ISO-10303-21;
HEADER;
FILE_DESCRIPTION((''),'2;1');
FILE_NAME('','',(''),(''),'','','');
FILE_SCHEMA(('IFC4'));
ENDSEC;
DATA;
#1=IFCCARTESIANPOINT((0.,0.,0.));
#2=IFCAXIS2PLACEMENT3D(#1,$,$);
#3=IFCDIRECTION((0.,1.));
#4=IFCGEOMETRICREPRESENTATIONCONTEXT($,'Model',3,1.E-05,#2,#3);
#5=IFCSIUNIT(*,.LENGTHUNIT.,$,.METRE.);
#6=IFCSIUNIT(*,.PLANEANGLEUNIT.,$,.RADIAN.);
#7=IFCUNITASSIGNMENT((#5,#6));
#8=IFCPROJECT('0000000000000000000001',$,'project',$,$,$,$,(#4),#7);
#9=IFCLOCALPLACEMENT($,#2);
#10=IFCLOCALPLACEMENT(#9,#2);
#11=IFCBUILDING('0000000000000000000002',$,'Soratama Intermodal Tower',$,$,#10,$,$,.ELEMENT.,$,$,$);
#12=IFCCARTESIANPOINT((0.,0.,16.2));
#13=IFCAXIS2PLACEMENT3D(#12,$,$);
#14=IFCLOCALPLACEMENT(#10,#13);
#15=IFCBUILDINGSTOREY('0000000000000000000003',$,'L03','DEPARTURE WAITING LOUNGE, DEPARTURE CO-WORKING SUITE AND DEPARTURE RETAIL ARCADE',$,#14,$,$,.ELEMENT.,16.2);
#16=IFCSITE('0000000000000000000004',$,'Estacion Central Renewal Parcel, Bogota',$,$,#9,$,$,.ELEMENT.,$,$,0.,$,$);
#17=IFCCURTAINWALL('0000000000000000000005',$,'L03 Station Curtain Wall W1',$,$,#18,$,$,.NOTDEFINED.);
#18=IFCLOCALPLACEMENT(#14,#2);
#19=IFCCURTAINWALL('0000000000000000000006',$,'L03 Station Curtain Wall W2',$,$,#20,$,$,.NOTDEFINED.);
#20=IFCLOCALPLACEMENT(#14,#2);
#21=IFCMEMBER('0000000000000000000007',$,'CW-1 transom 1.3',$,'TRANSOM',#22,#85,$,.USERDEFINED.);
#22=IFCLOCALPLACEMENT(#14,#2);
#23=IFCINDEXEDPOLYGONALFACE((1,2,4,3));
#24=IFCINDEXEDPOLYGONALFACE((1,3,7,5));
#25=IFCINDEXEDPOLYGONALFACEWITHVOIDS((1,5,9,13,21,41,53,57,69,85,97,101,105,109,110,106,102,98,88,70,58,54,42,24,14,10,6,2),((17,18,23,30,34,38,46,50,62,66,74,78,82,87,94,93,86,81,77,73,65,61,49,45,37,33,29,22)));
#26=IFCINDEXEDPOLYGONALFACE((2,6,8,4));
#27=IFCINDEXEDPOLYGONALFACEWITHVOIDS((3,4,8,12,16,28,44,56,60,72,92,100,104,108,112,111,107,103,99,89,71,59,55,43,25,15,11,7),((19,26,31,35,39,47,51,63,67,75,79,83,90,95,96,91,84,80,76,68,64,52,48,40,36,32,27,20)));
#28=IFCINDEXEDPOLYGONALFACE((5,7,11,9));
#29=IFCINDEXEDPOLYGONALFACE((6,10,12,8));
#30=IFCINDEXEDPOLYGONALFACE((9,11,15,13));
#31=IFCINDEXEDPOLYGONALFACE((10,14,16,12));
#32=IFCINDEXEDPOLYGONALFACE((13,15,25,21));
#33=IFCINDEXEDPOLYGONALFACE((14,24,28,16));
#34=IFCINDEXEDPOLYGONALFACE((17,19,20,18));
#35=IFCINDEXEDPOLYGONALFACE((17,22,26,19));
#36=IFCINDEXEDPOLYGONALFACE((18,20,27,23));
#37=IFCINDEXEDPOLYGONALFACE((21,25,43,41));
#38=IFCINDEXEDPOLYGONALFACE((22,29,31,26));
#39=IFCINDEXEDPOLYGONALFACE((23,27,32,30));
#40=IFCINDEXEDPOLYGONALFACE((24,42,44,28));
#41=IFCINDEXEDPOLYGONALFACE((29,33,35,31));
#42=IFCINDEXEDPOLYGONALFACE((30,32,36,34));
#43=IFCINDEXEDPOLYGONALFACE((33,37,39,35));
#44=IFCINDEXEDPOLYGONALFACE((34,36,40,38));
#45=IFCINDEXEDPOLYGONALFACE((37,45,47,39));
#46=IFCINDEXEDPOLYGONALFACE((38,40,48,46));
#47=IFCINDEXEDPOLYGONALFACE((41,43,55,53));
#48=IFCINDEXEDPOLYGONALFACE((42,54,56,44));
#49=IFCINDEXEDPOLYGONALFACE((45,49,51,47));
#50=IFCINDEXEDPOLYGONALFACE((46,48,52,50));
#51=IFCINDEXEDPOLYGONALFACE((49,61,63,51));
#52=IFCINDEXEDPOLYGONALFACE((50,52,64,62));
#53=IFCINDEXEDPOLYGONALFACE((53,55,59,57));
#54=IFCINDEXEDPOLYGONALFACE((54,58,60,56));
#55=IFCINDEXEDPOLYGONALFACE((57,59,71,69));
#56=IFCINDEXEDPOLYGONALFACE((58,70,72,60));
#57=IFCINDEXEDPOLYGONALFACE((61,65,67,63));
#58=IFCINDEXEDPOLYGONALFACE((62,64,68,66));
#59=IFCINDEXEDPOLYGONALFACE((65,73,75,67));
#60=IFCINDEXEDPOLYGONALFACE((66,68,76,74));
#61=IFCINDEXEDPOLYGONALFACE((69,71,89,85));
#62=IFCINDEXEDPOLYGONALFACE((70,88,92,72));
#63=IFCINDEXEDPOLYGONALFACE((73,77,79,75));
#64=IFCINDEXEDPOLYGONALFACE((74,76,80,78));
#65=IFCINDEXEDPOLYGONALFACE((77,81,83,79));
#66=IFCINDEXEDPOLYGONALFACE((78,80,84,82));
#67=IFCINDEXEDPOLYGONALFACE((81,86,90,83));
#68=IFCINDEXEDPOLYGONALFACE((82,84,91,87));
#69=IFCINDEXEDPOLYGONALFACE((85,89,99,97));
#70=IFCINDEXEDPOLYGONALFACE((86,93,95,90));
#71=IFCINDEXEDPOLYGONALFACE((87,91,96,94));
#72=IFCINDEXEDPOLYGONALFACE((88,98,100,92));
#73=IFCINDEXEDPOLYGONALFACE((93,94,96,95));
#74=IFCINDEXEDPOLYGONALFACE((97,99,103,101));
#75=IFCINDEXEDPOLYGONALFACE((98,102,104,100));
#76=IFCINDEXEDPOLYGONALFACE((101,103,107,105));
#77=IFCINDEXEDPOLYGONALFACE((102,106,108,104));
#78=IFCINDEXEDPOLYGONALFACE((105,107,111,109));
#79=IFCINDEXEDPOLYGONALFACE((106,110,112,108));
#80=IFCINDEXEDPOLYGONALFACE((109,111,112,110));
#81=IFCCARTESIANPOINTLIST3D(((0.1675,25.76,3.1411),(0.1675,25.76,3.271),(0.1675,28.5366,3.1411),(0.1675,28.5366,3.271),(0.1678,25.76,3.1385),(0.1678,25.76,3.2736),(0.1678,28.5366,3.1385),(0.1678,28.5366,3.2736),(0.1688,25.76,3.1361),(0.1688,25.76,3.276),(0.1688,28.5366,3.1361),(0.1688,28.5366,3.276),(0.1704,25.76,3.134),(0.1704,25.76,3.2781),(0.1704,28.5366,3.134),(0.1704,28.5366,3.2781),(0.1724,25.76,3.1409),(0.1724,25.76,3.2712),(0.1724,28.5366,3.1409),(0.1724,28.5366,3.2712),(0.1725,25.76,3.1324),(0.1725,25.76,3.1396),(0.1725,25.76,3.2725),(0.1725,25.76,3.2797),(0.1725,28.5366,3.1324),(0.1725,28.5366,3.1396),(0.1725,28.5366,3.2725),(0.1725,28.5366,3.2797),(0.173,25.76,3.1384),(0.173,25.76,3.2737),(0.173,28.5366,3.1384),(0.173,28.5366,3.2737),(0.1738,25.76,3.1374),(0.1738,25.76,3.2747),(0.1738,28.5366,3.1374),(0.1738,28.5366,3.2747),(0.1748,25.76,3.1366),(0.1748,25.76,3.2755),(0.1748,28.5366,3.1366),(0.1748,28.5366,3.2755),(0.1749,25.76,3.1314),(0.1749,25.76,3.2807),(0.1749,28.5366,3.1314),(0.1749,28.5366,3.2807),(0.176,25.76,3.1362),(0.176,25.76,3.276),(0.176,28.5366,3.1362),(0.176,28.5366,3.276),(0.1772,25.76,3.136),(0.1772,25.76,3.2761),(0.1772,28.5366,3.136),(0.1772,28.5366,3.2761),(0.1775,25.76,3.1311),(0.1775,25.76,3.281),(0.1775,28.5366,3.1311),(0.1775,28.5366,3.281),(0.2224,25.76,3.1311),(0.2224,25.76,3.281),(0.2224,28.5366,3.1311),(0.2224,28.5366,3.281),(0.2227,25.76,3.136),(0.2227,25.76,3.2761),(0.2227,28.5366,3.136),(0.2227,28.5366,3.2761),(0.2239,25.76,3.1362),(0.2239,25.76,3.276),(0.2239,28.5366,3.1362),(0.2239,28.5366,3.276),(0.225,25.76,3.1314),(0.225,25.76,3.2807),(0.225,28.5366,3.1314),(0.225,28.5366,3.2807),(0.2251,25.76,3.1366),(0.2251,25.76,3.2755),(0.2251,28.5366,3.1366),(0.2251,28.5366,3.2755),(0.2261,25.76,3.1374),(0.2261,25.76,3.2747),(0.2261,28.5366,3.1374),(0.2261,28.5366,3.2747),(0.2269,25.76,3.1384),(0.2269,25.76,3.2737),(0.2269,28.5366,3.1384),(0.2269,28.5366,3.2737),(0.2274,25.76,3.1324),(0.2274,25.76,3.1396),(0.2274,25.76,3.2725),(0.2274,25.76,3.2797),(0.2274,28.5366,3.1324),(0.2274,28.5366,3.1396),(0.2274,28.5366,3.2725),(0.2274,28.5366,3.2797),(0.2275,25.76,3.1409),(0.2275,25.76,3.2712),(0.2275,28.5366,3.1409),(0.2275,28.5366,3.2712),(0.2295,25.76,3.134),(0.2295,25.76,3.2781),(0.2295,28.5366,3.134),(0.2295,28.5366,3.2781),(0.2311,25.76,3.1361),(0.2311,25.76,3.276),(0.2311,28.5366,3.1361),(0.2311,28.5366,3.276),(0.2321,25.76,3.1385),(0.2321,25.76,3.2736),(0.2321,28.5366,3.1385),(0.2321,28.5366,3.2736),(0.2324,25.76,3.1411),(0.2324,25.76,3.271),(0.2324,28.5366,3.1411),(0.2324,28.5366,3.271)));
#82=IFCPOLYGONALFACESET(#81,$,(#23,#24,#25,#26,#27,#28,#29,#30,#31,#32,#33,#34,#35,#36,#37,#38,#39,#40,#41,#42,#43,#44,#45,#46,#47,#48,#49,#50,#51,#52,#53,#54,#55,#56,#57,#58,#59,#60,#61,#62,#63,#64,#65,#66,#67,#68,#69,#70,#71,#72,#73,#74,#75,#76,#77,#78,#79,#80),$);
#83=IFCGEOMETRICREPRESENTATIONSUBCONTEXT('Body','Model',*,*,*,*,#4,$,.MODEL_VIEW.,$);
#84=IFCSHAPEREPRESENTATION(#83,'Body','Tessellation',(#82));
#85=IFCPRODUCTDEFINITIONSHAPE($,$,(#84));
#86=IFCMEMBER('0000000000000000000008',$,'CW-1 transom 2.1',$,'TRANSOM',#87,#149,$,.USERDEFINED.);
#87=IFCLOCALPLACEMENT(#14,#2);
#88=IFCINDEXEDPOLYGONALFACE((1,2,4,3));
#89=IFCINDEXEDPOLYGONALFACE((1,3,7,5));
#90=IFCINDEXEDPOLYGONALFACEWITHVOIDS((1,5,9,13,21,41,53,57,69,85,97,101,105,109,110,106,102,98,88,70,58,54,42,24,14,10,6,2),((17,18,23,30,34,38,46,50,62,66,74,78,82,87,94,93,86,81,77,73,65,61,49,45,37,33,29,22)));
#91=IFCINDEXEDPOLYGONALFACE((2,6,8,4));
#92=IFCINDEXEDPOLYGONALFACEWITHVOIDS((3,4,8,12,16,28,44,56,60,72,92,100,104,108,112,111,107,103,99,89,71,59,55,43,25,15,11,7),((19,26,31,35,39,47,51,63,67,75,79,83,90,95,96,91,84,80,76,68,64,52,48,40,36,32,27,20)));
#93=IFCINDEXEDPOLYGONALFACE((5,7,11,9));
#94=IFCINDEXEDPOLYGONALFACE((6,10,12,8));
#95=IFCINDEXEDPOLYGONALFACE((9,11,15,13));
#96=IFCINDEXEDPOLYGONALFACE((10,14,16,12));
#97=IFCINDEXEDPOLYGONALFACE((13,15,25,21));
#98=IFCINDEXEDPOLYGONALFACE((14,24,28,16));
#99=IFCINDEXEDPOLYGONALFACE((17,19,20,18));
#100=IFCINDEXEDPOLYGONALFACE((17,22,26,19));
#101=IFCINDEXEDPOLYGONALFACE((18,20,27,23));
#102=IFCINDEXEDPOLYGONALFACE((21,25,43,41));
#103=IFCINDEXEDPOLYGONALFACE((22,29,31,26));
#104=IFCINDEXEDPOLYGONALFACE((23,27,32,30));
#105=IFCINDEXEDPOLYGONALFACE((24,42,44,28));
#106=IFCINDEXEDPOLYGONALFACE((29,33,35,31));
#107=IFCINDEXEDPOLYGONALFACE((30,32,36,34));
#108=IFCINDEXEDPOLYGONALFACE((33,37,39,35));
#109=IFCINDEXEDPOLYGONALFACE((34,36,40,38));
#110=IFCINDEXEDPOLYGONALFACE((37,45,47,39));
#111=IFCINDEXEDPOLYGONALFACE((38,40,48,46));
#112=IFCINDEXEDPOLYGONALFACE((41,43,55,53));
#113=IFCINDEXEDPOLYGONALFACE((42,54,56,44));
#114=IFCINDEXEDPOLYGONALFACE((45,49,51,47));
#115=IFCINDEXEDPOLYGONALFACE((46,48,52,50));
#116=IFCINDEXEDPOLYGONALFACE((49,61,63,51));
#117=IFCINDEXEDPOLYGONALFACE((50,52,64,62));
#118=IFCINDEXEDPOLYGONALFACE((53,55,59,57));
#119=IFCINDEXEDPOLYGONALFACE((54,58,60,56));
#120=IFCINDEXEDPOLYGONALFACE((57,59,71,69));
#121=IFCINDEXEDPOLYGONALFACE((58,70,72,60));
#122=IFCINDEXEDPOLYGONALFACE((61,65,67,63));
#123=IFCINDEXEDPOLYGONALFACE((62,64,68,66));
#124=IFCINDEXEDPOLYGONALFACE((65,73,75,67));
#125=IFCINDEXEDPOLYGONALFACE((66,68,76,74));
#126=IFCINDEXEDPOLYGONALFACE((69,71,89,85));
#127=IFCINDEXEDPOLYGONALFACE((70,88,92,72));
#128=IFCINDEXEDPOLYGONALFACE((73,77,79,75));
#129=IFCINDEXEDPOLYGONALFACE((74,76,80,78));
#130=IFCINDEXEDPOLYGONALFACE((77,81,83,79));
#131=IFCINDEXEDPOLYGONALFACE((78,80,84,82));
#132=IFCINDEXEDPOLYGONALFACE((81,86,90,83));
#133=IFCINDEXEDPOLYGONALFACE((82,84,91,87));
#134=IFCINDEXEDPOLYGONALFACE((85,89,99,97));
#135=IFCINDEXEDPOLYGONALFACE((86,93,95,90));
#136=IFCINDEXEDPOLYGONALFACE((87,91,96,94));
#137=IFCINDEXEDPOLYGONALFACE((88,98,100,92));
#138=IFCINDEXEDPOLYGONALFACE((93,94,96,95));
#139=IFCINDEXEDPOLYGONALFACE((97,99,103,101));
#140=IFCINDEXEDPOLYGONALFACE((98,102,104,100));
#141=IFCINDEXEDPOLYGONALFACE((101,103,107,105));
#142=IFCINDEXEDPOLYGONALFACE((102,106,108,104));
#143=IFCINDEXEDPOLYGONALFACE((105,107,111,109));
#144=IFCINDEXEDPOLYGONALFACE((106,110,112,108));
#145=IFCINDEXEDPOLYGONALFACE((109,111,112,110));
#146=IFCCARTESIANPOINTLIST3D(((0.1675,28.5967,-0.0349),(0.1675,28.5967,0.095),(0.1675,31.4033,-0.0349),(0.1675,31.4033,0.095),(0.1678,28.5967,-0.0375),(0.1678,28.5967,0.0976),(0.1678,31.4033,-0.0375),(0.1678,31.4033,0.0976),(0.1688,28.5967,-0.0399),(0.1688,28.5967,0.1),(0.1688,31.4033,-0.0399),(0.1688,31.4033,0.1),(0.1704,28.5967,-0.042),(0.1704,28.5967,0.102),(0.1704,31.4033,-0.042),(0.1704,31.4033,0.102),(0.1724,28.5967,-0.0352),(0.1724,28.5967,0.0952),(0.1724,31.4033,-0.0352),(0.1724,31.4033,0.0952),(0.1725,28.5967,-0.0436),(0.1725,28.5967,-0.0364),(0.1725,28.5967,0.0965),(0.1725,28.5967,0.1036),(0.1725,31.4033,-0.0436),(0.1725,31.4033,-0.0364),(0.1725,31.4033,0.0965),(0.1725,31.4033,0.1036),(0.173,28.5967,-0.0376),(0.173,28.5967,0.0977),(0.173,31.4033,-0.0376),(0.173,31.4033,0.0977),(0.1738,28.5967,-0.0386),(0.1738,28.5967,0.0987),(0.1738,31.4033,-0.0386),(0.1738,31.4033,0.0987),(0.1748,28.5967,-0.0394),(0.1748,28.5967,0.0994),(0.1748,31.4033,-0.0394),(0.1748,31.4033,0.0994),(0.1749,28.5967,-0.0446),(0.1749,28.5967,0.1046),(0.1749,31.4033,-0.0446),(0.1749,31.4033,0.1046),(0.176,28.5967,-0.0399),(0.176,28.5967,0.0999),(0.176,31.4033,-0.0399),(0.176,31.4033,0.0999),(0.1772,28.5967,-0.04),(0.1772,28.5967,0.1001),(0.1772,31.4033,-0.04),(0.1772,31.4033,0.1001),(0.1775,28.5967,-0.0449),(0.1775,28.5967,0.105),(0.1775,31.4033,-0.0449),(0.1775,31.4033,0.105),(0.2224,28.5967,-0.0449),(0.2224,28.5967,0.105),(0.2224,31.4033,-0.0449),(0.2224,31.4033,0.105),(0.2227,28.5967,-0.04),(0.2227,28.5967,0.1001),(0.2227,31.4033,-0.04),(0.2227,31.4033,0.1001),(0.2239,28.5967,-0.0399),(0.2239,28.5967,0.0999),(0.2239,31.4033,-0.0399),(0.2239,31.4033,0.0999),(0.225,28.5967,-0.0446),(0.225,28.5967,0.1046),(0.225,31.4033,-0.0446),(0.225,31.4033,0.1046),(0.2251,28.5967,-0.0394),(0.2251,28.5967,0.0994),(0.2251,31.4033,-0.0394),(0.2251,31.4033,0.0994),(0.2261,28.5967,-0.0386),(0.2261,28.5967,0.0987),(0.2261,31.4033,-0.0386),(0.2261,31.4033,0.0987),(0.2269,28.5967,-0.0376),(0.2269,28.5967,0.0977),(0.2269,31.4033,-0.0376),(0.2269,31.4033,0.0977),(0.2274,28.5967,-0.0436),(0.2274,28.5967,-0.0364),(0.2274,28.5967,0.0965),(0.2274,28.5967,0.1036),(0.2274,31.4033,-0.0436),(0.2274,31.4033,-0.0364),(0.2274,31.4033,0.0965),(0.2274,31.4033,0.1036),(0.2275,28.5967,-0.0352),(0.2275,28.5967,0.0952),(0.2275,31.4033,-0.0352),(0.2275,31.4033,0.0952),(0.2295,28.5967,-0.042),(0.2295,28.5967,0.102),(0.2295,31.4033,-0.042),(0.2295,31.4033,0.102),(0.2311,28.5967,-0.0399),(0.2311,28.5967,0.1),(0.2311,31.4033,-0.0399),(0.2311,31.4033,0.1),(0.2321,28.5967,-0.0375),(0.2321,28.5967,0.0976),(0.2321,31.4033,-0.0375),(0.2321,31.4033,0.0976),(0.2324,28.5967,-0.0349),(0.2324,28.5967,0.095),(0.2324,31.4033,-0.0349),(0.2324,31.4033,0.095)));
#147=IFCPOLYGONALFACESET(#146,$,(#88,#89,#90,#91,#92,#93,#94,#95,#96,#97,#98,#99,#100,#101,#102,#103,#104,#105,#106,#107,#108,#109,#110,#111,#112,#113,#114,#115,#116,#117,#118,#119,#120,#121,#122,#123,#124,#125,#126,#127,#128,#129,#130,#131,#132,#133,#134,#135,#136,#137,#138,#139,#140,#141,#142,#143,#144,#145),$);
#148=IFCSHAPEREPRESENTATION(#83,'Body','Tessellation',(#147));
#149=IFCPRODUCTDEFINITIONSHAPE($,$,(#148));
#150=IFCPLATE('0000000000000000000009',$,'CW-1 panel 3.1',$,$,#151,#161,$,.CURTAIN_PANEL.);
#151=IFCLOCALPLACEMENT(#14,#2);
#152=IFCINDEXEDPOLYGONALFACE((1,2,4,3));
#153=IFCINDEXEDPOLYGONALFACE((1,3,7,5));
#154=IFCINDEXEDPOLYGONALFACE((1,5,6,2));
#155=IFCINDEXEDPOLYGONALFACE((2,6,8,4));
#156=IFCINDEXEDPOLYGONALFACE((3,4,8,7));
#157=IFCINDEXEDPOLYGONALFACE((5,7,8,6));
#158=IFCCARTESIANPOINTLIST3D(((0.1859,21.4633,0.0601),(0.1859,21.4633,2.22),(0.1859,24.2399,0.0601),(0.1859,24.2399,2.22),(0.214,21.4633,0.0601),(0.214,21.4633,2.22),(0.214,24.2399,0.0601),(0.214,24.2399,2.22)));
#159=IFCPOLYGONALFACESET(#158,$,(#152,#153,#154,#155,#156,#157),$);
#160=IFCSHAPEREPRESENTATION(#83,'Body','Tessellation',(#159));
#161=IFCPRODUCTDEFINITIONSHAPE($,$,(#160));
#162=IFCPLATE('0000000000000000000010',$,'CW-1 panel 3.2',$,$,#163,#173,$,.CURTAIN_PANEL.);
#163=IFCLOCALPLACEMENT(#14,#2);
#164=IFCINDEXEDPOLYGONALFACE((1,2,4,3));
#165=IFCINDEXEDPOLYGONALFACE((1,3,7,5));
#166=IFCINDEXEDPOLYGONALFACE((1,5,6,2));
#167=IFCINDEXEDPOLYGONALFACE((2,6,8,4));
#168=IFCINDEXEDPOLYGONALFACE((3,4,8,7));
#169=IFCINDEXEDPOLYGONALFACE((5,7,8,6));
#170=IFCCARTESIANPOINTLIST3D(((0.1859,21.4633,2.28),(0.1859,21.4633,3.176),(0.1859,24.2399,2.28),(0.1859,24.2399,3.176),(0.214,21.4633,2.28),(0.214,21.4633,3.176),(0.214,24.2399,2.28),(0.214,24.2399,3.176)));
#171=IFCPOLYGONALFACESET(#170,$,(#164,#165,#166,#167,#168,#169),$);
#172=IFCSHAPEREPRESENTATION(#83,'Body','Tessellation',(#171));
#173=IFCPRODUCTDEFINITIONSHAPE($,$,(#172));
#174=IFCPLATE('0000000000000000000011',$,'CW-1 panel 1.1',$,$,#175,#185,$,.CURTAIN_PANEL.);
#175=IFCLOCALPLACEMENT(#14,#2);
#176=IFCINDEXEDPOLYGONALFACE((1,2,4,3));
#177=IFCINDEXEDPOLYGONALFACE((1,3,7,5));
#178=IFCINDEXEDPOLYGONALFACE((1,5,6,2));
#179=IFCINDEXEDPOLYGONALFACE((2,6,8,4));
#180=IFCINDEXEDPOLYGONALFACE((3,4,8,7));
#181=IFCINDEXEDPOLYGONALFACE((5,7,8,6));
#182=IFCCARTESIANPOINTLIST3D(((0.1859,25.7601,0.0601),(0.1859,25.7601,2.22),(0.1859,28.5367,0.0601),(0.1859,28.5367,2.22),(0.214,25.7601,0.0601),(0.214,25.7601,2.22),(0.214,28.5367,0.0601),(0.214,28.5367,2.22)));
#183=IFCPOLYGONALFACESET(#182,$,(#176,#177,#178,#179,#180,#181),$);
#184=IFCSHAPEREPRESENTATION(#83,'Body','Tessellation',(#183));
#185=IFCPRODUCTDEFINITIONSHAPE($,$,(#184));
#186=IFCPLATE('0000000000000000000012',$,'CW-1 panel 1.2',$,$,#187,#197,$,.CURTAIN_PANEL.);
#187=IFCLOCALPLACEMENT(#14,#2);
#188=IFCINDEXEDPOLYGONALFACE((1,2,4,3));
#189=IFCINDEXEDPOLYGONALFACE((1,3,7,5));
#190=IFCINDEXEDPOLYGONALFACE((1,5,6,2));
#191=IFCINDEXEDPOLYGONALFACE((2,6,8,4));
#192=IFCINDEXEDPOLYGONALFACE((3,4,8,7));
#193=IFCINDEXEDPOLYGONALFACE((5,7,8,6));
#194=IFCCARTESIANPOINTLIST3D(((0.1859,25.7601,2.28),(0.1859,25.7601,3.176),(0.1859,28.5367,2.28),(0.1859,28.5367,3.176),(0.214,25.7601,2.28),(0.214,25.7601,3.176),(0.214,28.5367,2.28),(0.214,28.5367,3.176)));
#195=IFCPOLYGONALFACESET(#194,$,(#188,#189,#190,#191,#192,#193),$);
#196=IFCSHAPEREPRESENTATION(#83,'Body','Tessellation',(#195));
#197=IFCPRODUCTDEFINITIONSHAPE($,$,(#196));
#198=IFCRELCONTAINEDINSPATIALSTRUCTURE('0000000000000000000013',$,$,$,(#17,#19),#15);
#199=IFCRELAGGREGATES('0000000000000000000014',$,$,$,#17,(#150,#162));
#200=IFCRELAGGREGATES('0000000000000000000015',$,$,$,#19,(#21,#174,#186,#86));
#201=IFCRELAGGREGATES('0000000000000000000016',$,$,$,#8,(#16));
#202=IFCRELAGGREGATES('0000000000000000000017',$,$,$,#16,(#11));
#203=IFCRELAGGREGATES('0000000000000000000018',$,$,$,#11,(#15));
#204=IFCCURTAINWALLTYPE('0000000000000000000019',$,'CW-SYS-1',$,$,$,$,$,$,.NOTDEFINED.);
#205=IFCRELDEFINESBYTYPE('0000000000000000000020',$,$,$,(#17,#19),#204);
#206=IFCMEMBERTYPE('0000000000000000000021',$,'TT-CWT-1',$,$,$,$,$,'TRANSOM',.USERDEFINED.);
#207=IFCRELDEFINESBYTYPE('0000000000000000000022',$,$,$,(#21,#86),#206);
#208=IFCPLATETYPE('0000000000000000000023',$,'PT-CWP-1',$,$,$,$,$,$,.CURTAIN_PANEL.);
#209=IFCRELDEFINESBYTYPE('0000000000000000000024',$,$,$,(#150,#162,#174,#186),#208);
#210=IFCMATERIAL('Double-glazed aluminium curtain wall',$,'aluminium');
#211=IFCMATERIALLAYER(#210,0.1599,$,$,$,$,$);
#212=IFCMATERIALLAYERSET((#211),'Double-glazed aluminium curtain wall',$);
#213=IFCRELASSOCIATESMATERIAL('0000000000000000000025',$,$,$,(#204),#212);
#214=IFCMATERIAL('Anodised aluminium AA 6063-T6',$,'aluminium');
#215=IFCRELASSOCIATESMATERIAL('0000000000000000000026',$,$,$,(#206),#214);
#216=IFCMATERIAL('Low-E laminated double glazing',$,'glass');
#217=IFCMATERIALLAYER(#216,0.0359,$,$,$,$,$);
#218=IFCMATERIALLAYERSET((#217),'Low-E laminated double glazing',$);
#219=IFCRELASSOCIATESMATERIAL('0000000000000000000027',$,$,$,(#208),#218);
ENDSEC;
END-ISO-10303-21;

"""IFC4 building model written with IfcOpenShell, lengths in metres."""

from ifc_helpers import new_model, si_unit, direction, frame, origin, origin_2d, place, context, subcontext, project, spatial, rectangle, hollow_rectangle, extrude, material, layer, layer_set, material_profile, profile_set, type_object, element, aggregate, save


model = new_model("IFC4")

# Units and contexts
model_context = context("Model", 3, precision=1e-05, world=origin(), true_north=direction((0.0, 1.0)))
body_context = subcontext(model_context, "Body", "Model", "MODEL_VIEW")
ifc_project = project(units=[si_unit("LENGTHUNIT", "METRE"), si_unit("PLANEANGLEUNIT", "RADIAN")], contexts=[model_context])

# Site, building, storey
site_placement = place(None, origin())
site = spatial("IfcSite", under=ifc_project, at=site_placement, Name="Estacion Central Renewal Parcel, Bogota", CompositionType="ELEMENT", RefElevation=0.0)
building_placement = place(site_placement, origin())
building = spatial("IfcBuilding", under=site, at=building_placement, Name="Soratama Intermodal Tower", CompositionType="ELEMENT")
storey_placement = place(building_placement, frame((0.0, 0.0, 16.2)))
storey = spatial("IfcBuildingStorey", under=building, at=storey_placement, Name="L03", Description="DEPARTURE WAITING LOUNGE, DEPARTURE CO-WORKING SUITE AND DEPARTURE RETAIL ARCADE", CompositionType="ELEMENT", Elevation=16.2)

# Curtain wall
ifc_material_1 = material(Name="Double-glazed aluminium curtain wall", Category="aluminium")
ifc_layer_1 = layer(ifc_material_1, 0.1599)
ifc_layer_set_1 = layer_set([ifc_layer_1], Name="Double-glazed aluminium curtain wall")
curtain_wall_type = type_object("IfcCurtainWallType", Name="CW-SYS-1", PredefinedType="NOTDEFINED", material=ifc_layer_set_1)
curtain_wall_1_placement = place(storey_placement, origin())
curtain_wall_1 = element("IfcCurtainWall", 1, at=curtain_wall_1_placement, inside=storey, type_object=curtain_wall_type, Name="L03 Station Curtain Wall W1", PredefinedType="NOTDEFINED")

# Curtain wall, members
curtain_wall_2_placement = place(storey_placement, origin())
curtain_wall_2 = element("IfcCurtainWall", 2, at=curtain_wall_2_placement, inside=storey, type_object=curtain_wall_type, Name="L03 Station Curtain Wall W2", PredefinedType="NOTDEFINED")
ifc_material_2 = material(Name="Anodised aluminium AA 6063-T6", Category="aluminium")
ifc_material_profile_1 = material_profile(ifc_material_2, hollow_rectangle(XDim=0.0649, YDim=0.1499, WallThickness=0.0049, InnerFilletRadius=0.0049, OuterFilletRadius=0.01, at=origin_2d()), Name="CWT150X65X5")
ifc_profile_set_1 = profile_set([ifc_material_profile_1], Name="Anodised aluminium AA 6063-T6")
member_type_1 = type_object("IfcMemberType", Name="TT-CWT-1", ElementType="TRANSOM", PredefinedType="USERDEFINED", material=ifc_profile_set_1)
member_1_placement = place(storey_placement, frame((0.2, 25.76, 3.2061), z_axis=(0.0, 1.0, 0.0), x_axis=(-1.0, 0.0, 0.0)))
member_1 = element("IfcMember", 3, at=member_1_placement, type_object=member_type_1, Name="CW-1 transom 1.3", ObjectType="TRANSOM", PredefinedType="USERDEFINED", context=body_context, shape_type="SweptSolid", body=[
    extrude(hollow_rectangle(XDim=0.0649, YDim=0.1499, WallThickness=0.0049, InnerFilletRadius=0.0049, OuterFilletRadius=0.01, at=origin_2d()), origin(), (0.0, 0.0, 1.0), 2.7766),
])
member_2_placement = place(storey_placement, frame((0.2, 28.5967, 0.03), z_axis=(0.0, 1.0, 0.0), x_axis=(-1.0, 0.0, 0.0)))
member_2 = element("IfcMember", 4, at=member_2_placement, type_object=member_type_1, Name="CW-1 transom 2.1", ObjectType="TRANSOM", PredefinedType="USERDEFINED", context=body_context, shape_type="SweptSolid", body=[
    extrude(hollow_rectangle(XDim=0.0649, YDim=0.1499, WallThickness=0.0049, InnerFilletRadius=0.0049, OuterFilletRadius=0.01, at=origin_2d()), origin(), (0.0, 0.0, 1.0), 2.8066),
])

# Plates
ifc_material_3 = material(Name="Low-E laminated double glazing", Category="glass")
ifc_layer_2 = layer(ifc_material_3, 0.0359)
ifc_layer_set_2 = layer_set([ifc_layer_2], Name="Low-E laminated double glazing")
plate_type = type_object("IfcPlateType", Name="PT-CWP-1", PredefinedType="CURTAIN_PANEL", material=ifc_layer_set_2)
plate_1_placement = place(storey_placement, frame((0.2, 22.8516, 0.0601), z_axis=(0.0, 0.0, 1.0), x_axis=(0.0, 1.0, 0.0)))
plate_1 = element("IfcPlate", 5, at=plate_1_placement, type_object=plate_type, Name="CW-1 panel 3.1", PredefinedType="CURTAIN_PANEL", context=body_context, shape_type="SweptSolid", body=[
    extrude(rectangle(XDim=2.7766, YDim=0.0281, at=origin_2d()), origin(), (0.0, 0.0, 1.0), 2.1599),
])
plate_2_placement = place(storey_placement, frame((0.2, 22.8516, 2.28), z_axis=(0.0, 0.0, 1.0), x_axis=(0.0, 1.0, 0.0)))
plate_2 = element("IfcPlate", 6, at=plate_2_placement, type_object=plate_type, Name="CW-1 panel 3.2", PredefinedType="CURTAIN_PANEL", context=body_context, shape_type="SweptSolid", body=[
    extrude(rectangle(XDim=2.7766, YDim=0.0281, at=origin_2d()), origin(), (0.0, 0.0, 1.0), 0.896),
])
aggregate(curtain_wall_1, [plate_1, plate_2])
plate_3_placement = place(storey_placement, frame((0.2, 27.1484, 0.0601), z_axis=(0.0, 0.0, 1.0), x_axis=(0.0, 1.0, 0.0)))
plate_3 = element("IfcPlate", 7, at=plate_3_placement, type_object=plate_type, Name="CW-1 panel 1.1", PredefinedType="CURTAIN_PANEL", context=body_context, shape_type="SweptSolid", body=[
    extrude(rectangle(XDim=2.7766, YDim=0.0281, at=origin_2d()), origin(), (0.0, 0.0, 1.0), 2.1599),
])
plate_4_placement = place(storey_placement, frame((0.2, 27.1484, 2.28), z_axis=(0.0, 0.0, 1.0), x_axis=(0.0, 1.0, 0.0)))
plate_4 = element("IfcPlate", 8, at=plate_4_placement, type_object=plate_type, Name="CW-1 panel 1.2", PredefinedType="CURTAIN_PANEL", context=body_context, shape_type="SweptSolid", body=[
    extrude(rectangle(XDim=2.7766, YDim=0.0281, at=origin_2d()), origin(), (0.0, 0.0, 1.0), 0.896),
])
aggregate(curtain_wall_2, [member_1, plate_3, plate_4, member_2])

save(model, "model.ifc")
